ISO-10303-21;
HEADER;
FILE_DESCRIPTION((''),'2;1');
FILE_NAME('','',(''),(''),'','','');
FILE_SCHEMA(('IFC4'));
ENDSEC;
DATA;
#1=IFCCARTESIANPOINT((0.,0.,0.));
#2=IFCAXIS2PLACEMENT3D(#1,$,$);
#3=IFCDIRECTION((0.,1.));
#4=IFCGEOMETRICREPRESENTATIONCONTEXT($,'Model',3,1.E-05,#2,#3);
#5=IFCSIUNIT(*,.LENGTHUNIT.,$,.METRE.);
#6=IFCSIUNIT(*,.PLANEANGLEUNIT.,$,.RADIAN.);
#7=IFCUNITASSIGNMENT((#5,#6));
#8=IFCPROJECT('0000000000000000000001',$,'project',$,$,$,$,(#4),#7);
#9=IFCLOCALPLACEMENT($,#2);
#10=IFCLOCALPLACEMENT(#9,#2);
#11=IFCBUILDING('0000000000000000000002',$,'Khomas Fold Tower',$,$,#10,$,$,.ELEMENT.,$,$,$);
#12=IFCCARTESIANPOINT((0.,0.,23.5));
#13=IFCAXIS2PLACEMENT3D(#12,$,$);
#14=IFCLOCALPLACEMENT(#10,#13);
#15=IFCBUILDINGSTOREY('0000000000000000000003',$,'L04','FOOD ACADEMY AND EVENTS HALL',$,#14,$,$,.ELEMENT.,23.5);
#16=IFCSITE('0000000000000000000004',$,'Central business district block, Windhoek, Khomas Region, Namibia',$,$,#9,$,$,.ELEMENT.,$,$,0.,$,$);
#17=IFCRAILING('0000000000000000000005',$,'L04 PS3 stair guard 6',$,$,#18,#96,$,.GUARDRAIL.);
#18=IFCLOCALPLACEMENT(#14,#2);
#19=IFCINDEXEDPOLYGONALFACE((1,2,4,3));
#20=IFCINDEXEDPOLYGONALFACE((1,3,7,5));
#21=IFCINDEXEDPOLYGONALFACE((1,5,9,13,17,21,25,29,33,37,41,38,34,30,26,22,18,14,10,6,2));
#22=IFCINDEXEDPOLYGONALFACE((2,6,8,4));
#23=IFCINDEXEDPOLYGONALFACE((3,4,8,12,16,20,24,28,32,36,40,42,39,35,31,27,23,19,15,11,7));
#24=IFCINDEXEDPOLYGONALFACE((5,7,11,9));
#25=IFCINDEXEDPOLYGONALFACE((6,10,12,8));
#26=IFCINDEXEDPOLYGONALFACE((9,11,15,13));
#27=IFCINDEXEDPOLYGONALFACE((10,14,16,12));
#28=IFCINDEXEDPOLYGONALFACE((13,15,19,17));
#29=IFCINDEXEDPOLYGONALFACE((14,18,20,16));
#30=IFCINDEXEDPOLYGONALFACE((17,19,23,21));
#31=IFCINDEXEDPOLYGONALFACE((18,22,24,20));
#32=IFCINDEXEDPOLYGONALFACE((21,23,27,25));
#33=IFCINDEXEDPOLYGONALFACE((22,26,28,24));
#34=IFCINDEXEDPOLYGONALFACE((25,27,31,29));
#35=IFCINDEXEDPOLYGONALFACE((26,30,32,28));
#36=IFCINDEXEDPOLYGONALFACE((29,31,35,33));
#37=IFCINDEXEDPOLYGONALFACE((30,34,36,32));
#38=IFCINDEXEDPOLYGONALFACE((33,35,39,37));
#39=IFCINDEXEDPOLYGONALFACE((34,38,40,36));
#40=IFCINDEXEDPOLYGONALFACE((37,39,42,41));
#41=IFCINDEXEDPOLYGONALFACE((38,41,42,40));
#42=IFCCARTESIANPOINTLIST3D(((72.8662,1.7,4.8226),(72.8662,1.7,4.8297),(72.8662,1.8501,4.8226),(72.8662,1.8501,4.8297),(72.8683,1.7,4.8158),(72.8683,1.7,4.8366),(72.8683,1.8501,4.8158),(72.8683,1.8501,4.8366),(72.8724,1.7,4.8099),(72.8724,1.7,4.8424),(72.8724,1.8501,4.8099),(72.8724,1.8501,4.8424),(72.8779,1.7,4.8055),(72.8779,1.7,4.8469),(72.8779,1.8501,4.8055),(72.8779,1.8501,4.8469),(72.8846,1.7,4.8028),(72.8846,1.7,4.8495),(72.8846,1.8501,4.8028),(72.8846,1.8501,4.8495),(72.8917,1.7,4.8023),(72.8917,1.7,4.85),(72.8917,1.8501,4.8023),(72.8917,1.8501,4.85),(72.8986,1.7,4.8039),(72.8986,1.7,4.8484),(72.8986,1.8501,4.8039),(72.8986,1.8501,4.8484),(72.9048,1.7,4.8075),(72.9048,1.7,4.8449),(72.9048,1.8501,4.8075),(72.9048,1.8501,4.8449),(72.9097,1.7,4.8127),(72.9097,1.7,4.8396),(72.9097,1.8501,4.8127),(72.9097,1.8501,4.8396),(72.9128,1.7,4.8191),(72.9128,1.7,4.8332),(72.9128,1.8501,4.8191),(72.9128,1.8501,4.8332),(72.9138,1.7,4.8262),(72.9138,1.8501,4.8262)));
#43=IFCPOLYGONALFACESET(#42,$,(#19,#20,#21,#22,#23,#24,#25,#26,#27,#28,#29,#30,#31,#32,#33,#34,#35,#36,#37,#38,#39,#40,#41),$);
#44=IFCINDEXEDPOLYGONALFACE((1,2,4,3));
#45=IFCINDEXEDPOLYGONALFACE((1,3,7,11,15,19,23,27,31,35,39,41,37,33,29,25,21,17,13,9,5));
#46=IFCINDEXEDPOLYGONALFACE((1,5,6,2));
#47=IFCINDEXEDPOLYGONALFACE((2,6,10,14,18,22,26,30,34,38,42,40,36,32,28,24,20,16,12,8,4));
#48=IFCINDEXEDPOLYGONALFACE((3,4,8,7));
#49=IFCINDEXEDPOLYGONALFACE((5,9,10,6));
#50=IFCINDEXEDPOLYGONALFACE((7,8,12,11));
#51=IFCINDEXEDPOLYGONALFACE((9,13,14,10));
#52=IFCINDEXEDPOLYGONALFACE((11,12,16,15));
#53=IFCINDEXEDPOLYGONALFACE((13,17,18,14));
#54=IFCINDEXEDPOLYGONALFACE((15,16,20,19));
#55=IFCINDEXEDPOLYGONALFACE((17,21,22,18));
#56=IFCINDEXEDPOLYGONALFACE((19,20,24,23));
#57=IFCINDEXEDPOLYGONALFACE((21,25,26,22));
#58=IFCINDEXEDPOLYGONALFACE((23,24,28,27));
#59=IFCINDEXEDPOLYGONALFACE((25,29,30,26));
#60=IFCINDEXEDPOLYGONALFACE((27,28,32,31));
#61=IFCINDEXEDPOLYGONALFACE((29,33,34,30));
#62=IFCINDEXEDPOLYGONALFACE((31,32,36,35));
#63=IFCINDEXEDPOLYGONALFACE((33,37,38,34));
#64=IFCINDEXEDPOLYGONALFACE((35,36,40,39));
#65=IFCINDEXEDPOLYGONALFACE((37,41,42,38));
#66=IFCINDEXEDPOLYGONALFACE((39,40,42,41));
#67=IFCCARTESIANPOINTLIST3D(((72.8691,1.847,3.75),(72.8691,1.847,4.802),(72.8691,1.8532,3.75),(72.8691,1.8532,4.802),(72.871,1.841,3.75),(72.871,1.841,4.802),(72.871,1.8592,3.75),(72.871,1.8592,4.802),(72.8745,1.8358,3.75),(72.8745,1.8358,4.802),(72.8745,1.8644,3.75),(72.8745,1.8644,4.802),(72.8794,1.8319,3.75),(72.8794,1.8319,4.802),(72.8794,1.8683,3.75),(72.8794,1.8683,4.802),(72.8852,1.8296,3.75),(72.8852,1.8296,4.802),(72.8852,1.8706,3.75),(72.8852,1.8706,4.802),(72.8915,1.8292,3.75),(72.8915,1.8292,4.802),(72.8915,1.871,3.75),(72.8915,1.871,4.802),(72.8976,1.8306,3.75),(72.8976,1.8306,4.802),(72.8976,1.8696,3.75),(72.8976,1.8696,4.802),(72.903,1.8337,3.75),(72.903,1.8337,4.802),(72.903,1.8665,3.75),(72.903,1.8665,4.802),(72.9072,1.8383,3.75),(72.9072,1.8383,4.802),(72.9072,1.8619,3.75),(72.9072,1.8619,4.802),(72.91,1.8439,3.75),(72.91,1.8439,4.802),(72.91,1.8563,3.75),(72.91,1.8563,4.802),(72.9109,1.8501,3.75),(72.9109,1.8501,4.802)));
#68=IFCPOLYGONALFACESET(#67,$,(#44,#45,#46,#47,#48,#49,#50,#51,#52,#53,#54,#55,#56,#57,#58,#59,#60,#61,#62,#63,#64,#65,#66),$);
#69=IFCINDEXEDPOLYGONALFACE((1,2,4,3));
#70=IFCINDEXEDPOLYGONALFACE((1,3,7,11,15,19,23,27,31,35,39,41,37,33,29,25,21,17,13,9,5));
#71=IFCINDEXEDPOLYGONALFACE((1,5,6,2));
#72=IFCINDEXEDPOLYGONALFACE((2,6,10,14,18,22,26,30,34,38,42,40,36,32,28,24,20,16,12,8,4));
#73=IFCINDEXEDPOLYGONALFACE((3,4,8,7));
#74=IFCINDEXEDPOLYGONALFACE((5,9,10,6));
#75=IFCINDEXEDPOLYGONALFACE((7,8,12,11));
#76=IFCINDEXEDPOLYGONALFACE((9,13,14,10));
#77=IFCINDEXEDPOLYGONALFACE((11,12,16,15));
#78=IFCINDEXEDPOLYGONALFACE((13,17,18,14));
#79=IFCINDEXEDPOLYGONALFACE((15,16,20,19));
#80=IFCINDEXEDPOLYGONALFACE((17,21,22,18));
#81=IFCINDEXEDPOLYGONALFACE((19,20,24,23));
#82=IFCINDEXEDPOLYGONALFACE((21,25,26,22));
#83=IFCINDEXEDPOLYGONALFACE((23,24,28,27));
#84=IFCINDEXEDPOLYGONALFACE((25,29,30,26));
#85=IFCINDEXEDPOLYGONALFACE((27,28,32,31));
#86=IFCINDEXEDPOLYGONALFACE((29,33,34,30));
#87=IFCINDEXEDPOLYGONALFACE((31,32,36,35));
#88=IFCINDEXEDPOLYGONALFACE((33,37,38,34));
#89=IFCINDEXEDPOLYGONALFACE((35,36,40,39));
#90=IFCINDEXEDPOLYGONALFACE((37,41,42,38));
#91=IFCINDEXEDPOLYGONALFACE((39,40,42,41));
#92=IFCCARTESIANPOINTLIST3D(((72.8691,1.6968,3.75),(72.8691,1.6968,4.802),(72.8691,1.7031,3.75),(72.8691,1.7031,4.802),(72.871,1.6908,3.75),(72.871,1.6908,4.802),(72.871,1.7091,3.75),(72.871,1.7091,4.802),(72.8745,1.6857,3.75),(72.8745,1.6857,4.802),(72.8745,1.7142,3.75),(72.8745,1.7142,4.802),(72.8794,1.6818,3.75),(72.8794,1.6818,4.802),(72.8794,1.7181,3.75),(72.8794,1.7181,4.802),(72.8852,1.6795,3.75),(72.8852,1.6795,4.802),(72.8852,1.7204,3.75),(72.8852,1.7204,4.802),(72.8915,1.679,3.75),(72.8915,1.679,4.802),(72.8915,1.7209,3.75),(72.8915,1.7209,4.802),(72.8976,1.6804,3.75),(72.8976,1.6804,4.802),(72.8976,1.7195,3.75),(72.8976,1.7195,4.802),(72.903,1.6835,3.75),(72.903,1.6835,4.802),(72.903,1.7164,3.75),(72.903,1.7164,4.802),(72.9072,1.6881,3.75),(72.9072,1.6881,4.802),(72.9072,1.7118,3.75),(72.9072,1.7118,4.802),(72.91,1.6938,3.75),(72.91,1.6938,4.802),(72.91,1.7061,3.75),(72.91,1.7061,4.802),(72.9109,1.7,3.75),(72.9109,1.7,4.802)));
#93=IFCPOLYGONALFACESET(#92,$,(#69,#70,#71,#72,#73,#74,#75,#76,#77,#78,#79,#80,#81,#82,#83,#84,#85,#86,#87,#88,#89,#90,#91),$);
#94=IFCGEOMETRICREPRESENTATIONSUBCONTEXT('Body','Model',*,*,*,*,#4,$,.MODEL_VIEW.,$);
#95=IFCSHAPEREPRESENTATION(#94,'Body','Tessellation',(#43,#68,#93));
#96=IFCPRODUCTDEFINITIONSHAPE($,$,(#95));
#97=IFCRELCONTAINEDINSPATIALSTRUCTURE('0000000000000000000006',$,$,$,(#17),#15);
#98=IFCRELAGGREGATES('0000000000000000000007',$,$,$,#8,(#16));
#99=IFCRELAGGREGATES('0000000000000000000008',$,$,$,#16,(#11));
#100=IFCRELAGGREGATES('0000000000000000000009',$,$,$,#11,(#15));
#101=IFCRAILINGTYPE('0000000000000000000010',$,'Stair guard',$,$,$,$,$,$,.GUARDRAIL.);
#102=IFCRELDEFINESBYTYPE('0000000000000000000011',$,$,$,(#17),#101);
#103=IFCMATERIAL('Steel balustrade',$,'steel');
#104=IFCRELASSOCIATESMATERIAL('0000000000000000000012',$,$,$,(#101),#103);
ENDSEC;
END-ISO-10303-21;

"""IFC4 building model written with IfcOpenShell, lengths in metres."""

from ifc_helpers import new_model, si_unit, direction, frame, origin, origin_2d, place, context, subcontext, project, spatial, circle, extrude, source, transform, mapped, material, type_object, element, save


model = new_model("IFC4")

# Units and contexts
model_context = context("Model", 3, precision=1e-05, world=origin(), true_north=direction((0.0, 1.0)))
body_context = subcontext(model_context, "Body", "Model", "MODEL_VIEW")
ifc_project = project(units=[si_unit("LENGTHUNIT", "METRE"), si_unit("PLANEANGLEUNIT", "RADIAN")], contexts=[model_context])

# Site, building, storey
site_placement = place(None, origin())
site = spatial("IfcSite", under=ifc_project, at=site_placement, Name="Central business district block, Windhoek, Khomas Region, Namibia", CompositionType="ELEMENT", RefElevation=0.0)
building_placement = place(site_placement, origin())
building = spatial("IfcBuilding", under=site, at=building_placement, Name="Khomas Fold Tower", CompositionType="ELEMENT")
storey_placement = place(building_placement, frame((0.0, 0.0, 23.5)))
storey = spatial("IfcBuildingStorey", under=building, at=storey_placement, Name="L04", Description="FOOD ACADEMY AND EVENTS HALL", CompositionType="ELEMENT", Elevation=23.5)

# Railing
ifc_material_1 = material(Name="Steel balustrade", Category="steel")
railing_type = type_object("IfcRailingType", Name="Stair guard", PredefinedType="GUARDRAIL", material=ifc_material_1)
shared_shape_1 = source(origin(), body_context, "Body", "SweptSolid", [
    extrude(circle(Radius=0.0239, at=origin_2d()), frame((0.0, 0.0, 1.0762), z_axis=(0.0, -1.0, 0.0), x_axis=(1.0, 0.0, 0.0)), (0.0, 0.0, 1.0), 0.1501),
    extrude(circle(Radius=0.021, at=origin_2d()), origin(), (0.0, 0.0, 1.0), 1.052),
    extrude(circle(Radius=0.021, at=origin_2d()), frame((0.0, -0.1501, 0.0)), (0.0, 0.0, 1.0), 1.052),
])
for number, where, name in (
    (1, (72.8899, 1.8501, 3.75), "L04 PS3 stair guard 6"),
):
    element("IfcRailing", number, at=place(storey_placement, frame(where)), inside=storey, type_object=railing_type, Name=name, PredefinedType="GUARDRAIL", context=body_context, shape_type="MappedRepresentation", body=[
        mapped(shared_shape_1, transform((0.0, 0.0, 0.0))),
    ])

save(model, "model.ifc")
